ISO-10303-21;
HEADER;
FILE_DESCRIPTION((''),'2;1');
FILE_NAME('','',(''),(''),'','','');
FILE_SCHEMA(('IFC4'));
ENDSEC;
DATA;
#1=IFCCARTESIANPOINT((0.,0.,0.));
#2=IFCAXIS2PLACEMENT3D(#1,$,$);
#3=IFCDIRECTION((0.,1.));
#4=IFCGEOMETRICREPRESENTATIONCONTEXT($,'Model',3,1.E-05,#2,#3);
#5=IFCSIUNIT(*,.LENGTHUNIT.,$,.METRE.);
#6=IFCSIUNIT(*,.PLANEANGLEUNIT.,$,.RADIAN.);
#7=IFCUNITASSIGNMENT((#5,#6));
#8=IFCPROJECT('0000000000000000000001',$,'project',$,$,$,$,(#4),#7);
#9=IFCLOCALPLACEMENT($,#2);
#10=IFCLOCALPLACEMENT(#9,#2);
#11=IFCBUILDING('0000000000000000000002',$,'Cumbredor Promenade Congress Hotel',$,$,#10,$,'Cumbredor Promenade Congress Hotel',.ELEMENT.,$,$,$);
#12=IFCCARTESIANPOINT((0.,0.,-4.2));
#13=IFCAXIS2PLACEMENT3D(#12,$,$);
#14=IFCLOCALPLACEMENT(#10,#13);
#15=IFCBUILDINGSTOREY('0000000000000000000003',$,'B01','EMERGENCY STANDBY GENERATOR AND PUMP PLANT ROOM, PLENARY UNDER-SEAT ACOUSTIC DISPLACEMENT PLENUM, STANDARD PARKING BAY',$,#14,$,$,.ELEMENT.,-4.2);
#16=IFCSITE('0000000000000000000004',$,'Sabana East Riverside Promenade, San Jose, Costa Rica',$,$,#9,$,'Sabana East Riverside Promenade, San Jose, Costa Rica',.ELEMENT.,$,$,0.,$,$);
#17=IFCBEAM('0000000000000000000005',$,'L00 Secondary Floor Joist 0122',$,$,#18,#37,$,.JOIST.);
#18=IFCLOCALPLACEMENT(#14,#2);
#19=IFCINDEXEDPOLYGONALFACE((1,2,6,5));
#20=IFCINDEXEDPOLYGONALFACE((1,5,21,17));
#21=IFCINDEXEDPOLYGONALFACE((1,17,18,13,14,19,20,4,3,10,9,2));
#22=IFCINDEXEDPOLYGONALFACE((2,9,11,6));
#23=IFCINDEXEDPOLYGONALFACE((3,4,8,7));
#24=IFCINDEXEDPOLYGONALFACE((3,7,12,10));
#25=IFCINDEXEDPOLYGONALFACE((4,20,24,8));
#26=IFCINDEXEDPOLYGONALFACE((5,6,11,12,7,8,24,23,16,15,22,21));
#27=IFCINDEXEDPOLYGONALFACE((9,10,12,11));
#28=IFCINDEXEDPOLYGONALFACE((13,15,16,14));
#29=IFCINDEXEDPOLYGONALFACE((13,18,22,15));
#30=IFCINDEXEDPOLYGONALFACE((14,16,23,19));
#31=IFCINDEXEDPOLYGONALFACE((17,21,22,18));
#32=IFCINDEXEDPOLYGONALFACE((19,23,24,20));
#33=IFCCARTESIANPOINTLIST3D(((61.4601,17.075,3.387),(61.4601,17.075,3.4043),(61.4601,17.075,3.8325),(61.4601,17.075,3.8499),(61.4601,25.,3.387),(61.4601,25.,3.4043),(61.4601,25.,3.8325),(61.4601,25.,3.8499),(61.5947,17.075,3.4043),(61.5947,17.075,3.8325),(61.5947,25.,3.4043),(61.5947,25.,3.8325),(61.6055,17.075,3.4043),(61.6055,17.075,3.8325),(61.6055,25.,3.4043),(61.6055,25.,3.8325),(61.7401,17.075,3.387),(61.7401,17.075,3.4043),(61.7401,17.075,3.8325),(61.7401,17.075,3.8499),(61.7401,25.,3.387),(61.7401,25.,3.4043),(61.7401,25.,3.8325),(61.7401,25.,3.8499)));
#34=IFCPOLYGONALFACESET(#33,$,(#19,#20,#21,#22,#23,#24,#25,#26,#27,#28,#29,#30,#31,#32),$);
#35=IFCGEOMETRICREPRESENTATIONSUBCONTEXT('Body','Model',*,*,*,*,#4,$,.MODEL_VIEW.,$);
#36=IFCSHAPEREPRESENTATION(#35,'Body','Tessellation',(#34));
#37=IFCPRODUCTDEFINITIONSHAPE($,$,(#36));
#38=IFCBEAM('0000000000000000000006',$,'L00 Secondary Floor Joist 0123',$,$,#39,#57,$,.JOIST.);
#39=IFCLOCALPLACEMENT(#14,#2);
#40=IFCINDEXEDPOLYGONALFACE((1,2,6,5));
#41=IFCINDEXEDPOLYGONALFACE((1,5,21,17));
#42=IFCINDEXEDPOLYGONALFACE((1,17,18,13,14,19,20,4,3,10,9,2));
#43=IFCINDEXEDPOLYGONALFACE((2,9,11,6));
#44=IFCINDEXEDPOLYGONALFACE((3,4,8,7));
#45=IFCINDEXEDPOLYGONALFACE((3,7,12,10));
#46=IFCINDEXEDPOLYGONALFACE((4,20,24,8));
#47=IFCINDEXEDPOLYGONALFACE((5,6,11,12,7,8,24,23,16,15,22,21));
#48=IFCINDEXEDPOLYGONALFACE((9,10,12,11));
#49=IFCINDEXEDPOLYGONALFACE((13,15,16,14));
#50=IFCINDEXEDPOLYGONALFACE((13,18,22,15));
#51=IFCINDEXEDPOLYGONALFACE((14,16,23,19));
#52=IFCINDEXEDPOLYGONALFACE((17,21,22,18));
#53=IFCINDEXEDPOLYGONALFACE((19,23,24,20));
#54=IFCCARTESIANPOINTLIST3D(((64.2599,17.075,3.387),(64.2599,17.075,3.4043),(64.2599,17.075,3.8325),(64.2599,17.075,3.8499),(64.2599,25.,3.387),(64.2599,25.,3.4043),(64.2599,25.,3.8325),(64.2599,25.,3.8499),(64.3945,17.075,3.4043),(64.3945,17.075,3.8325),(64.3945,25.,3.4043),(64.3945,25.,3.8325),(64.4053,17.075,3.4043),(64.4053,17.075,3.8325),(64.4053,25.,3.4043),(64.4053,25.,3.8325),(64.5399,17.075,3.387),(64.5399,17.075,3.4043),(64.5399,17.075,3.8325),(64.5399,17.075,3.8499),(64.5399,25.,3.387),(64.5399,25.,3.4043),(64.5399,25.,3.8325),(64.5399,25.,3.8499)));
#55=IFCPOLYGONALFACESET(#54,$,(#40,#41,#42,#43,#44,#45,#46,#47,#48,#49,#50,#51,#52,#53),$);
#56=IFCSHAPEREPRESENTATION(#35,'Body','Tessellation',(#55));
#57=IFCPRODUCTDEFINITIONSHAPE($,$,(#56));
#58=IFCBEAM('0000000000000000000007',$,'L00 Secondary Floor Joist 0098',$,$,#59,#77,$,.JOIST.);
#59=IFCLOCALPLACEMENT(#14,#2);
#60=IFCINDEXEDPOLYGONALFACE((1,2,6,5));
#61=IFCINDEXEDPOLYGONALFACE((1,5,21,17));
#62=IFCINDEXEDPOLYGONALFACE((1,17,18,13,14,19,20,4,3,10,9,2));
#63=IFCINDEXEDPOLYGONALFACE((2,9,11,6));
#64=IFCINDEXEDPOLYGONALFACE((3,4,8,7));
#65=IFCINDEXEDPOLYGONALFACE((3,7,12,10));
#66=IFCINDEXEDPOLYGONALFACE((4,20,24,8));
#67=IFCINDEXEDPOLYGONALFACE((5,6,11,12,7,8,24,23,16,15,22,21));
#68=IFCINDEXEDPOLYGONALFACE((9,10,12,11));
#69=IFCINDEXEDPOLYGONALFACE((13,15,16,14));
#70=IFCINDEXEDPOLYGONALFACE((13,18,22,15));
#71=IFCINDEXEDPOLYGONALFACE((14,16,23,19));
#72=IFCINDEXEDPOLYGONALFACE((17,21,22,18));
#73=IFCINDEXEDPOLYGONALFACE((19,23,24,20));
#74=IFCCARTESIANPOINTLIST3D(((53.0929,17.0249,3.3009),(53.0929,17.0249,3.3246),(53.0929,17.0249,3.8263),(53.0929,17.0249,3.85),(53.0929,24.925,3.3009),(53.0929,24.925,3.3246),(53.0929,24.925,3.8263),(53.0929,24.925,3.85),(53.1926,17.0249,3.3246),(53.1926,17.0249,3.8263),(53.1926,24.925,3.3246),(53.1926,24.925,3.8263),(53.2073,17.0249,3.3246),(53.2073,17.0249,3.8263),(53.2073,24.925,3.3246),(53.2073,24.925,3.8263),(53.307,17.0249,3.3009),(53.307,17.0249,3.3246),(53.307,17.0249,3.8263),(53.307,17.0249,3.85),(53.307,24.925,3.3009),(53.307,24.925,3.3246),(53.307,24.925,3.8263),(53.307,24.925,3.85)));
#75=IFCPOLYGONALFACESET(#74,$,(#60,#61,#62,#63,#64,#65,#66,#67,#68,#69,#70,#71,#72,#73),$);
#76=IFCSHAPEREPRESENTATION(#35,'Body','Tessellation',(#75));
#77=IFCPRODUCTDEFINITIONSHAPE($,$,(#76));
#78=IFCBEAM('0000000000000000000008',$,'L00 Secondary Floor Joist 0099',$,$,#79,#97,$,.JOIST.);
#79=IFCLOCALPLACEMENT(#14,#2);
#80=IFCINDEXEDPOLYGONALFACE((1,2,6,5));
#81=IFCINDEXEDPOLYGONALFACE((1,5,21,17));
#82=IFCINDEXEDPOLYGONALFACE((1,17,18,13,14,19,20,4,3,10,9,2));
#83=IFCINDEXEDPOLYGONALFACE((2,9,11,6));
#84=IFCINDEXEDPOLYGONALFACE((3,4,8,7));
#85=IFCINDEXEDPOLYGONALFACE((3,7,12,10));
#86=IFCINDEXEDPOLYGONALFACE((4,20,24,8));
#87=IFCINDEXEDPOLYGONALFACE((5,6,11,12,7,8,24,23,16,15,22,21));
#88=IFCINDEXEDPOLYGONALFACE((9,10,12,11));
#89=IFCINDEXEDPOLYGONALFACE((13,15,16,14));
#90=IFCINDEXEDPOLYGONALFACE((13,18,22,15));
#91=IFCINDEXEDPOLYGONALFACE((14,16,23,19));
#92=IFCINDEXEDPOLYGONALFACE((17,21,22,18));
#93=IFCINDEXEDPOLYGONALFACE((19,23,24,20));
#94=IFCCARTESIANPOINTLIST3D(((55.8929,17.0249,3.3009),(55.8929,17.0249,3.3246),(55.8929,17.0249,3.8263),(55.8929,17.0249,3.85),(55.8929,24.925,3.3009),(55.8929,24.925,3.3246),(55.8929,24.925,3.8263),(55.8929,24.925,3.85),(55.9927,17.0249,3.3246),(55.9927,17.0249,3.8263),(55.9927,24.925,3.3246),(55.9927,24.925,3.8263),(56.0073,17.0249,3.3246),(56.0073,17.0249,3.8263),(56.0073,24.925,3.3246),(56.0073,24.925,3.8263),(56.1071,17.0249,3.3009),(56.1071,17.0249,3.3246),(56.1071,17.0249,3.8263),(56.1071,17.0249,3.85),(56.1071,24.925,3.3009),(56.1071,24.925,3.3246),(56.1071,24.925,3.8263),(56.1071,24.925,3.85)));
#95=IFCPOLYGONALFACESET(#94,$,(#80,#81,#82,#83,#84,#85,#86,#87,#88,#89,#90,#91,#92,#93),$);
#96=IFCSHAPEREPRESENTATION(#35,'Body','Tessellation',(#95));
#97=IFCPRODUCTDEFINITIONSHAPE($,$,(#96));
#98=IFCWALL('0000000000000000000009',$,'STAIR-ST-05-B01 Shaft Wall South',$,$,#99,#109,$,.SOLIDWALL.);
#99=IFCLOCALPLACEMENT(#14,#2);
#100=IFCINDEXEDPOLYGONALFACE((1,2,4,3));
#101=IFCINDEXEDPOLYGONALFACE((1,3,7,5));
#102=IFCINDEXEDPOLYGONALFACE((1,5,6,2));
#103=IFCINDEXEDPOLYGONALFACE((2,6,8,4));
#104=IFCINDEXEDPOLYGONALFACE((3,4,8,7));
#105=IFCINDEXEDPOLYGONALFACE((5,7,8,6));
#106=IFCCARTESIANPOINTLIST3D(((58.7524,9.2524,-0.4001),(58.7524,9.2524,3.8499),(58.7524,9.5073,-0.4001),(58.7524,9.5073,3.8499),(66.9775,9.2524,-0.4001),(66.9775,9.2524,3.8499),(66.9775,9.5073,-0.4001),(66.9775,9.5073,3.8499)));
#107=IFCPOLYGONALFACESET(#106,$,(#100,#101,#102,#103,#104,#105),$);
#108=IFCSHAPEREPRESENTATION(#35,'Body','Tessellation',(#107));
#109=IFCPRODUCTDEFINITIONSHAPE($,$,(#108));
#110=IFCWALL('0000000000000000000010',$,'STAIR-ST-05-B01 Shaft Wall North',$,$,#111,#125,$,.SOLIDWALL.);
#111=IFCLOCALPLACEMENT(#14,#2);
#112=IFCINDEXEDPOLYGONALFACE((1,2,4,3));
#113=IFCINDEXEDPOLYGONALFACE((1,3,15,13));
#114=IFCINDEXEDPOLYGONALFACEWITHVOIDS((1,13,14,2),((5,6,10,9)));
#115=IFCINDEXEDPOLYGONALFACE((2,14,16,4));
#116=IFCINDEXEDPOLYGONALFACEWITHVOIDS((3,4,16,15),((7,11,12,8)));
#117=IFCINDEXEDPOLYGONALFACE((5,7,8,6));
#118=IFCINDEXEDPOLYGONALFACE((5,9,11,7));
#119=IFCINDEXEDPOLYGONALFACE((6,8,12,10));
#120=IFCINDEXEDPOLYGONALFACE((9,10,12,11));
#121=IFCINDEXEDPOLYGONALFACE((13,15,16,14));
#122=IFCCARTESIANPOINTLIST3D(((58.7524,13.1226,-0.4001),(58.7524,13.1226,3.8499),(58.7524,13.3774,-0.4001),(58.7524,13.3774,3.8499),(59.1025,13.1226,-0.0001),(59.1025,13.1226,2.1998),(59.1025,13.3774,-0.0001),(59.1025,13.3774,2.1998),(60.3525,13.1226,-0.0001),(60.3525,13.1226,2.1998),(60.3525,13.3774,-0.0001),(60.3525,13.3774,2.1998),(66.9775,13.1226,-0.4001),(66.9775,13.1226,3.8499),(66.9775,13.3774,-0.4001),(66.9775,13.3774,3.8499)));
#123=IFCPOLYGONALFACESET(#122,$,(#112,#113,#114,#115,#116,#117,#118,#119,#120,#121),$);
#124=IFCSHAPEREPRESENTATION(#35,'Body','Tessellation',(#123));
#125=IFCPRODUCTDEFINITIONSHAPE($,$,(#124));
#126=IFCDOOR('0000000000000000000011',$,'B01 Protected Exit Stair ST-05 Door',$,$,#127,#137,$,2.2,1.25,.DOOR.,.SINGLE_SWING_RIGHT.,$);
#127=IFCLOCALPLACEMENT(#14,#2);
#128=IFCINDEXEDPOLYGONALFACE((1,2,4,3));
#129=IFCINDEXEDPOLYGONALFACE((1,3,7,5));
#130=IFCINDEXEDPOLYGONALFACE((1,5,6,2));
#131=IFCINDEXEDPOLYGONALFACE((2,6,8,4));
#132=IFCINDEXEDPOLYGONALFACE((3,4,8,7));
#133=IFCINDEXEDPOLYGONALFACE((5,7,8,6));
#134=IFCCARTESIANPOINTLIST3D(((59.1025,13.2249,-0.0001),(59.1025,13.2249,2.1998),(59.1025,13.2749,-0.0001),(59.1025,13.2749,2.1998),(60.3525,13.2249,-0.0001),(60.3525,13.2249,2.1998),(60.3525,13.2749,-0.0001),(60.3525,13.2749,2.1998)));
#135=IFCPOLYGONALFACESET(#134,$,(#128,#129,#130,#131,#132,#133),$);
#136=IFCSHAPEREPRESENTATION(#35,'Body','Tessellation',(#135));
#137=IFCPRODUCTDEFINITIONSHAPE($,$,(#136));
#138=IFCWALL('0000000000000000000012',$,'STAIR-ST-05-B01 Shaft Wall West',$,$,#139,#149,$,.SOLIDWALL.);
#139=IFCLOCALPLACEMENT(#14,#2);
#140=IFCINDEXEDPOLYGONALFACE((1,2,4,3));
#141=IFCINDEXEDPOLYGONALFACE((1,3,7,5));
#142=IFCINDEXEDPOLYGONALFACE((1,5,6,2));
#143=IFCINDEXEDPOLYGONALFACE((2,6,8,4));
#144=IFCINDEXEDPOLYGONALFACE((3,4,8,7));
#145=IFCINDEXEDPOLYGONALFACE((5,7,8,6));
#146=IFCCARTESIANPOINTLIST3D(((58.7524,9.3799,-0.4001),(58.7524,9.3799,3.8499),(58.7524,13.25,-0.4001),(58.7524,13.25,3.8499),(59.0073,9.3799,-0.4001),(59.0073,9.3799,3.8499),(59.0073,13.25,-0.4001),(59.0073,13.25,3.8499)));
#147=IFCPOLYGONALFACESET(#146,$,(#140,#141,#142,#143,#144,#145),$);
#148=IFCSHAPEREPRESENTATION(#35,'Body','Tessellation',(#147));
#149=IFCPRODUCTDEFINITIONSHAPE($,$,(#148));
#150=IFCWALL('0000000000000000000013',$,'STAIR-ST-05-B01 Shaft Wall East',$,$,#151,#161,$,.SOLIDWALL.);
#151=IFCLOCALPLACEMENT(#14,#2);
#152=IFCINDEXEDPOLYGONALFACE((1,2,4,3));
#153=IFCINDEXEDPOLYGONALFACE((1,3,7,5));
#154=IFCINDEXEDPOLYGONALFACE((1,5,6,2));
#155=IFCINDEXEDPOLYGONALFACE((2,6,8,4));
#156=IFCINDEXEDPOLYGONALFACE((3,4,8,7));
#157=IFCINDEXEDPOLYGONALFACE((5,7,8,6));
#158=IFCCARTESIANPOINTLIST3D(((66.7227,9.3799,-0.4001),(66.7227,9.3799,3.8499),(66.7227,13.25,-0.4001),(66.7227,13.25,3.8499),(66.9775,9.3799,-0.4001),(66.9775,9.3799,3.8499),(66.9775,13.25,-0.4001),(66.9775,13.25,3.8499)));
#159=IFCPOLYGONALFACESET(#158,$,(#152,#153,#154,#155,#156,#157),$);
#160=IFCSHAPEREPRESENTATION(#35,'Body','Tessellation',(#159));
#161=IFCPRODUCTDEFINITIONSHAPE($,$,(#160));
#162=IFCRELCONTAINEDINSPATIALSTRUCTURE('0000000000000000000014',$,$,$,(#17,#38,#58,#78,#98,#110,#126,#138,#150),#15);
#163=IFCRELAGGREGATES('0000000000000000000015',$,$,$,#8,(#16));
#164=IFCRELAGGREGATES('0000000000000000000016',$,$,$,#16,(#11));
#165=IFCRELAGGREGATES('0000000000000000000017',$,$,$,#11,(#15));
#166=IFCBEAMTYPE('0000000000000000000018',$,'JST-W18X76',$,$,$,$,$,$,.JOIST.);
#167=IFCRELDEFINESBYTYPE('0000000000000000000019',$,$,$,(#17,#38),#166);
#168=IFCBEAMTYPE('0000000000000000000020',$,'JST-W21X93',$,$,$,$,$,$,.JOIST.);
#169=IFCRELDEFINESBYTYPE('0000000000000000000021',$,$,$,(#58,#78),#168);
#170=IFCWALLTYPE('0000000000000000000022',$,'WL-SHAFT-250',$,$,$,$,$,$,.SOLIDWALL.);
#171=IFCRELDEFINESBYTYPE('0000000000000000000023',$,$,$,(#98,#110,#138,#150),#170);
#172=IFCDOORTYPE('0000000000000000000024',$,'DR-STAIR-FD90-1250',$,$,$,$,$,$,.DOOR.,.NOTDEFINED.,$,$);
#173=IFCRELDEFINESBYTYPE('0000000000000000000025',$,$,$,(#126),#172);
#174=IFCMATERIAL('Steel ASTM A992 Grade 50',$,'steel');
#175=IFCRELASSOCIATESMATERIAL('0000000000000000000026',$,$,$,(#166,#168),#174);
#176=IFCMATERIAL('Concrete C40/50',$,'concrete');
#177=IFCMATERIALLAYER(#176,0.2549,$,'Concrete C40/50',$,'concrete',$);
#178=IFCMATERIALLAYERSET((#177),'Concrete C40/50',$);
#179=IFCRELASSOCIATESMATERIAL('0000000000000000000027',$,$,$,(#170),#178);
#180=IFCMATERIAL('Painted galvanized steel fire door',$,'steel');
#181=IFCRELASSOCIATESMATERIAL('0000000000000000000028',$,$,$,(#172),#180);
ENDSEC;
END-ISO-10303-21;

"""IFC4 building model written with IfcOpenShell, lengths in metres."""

from ifc_helpers import new_model, si_unit, direction, frame, frame_2d, origin, origin_2d, place, context, subcontext, project, spatial, rectangle, i_section, extrude, material, layer, layer_set, material_profile, profile_set, type_object, element, fill, save


model = new_model("IFC4")

# Units and contexts
model_context = context("Model", 3, precision=1e-05, world=origin(), true_north=direction((0.0, 1.0)))
body_context = subcontext(model_context, "Body", "Model", "MODEL_VIEW")
ifc_project = project(units=[si_unit("LENGTHUNIT", "METRE"), si_unit("PLANEANGLEUNIT", "RADIAN")], contexts=[model_context])

# Site, building, storey
site_placement = place(None, origin())
site = spatial("IfcSite", under=ifc_project, at=site_placement, Name="Sabana East Riverside Promenade, San Jose, Costa Rica", LongName="Sabana East Riverside Promenade, San Jose, Costa Rica", CompositionType="ELEMENT", RefElevation=0.0)
building_placement = place(site_placement, origin())
building = spatial("IfcBuilding", under=site, at=building_placement, Name="Cumbredor Promenade Congress Hotel", LongName="Cumbredor Promenade Congress Hotel", CompositionType="ELEMENT")
storey_placement = place(building_placement, frame((0.0, 0.0, -4.2)))
storey = spatial("IfcBuildingStorey", under=building, at=storey_placement, Name="B01", Description="EMERGENCY STANDBY GENERATOR AND PUMP PLANT ROOM, PLENARY UNDER-SEAT ACOUSTIC DISPLACEMENT PLENUM, STANDARD PARKING BAY", CompositionType="ELEMENT", Elevation=-4.2)

# Shared definitions
ifc_material_1 = material(Name="Concrete C40/50", Category="concrete")

# Beams
ifc_material_2 = material(Name="Steel ASTM A992 Grade 50", Category="steel")
ifc_material_profile_1 = material_profile(ifc_material_2, i_section(OverallWidth=0.28, OverallDepth=0.4629, WebThickness=0.0107, FlangeThickness=0.0173, at=origin_2d()), Name="W18X76")
ifc_profile_set_1 = profile_set([ifc_material_profile_1], Name="Steel ASTM A992 Grade 50")
beam_type_1 = type_object("IfcBeamType", Name="JST-W18X76", PredefinedType="JOIST", material=ifc_profile_set_1)
for number, where, z_axis, x_axis, name in (
    (1, (61.6001, 17.075, 3.6184), (0.0, 1.0, 0.0), (-1.0, 0.0, 0.0), "L00 Secondary Floor Joist 0122"),
    (2, (64.3999, 17.075, 3.6184), (0.0, 1.0, 0.0), (-1.0, 0.0, 0.0), "L00 Secondary Floor Joist 0123"),
):
    element("IfcBeam", number, at=place(storey_placement, frame(where, z_axis=z_axis, x_axis=x_axis)), inside=storey, type_object=beam_type_1, Name=name, PredefinedType="JOIST", context=body_context, shape_type="SweptSolid", body=[
        extrude(i_section(OverallWidth=0.28, OverallDepth=0.4629, WebThickness=0.0107, FlangeThickness=0.0173, at=origin_2d()), origin(), (0.0, 0.0, 1.0), 7.925),
    ])
ifc_material_profile_2 = material_profile(ifc_material_2, i_section(OverallWidth=0.2141, OverallDepth=0.5491, WebThickness=0.0146, FlangeThickness=0.0237, at=origin_2d()), Name="W21X93")
ifc_profile_set_2 = profile_set([ifc_material_profile_2], Name="Steel ASTM A992 Grade 50")
beam_type_2 = type_object("IfcBeamType", Name="JST-W21X93", PredefinedType="JOIST", material=ifc_profile_set_2)
for number, where, z_axis, x_axis, name in (
    (3, (53.2, 17.0249, 3.5754), (0.0, 1.0, 0.0), (-1.0, 0.0, 0.0), "L00 Secondary Floor Joist 0098"),
    (4, (56.0, 17.0249, 3.5754), (0.0, 1.0, 0.0), (-1.0, 0.0, 0.0), "L00 Secondary Floor Joist 0099"),
):
    element("IfcBeam", number, at=place(storey_placement, frame(where, z_axis=z_axis, x_axis=x_axis)), inside=storey, type_object=beam_type_2, Name=name, PredefinedType="JOIST", context=body_context, shape_type="SweptSolid", body=[
        extrude(i_section(OverallWidth=0.2141, OverallDepth=0.5491, WebThickness=0.0146, FlangeThickness=0.0237, at=origin_2d()), origin(), (0.0, 0.0, 1.0), 7.9001),
    ])

# Wall
ifc_layer = layer(ifc_material_1, 0.2549, Name="Concrete C40/50", Category="concrete")
ifc_layer_set = layer_set([ifc_layer], Name="Concrete C40/50")
wall_type = type_object("IfcWallType", Name="WL-SHAFT-250", PredefinedType="SOLIDWALL", material=ifc_layer_set)
wall_1_placement = place(storey_placement, frame((58.7524, 9.3799, -0.4001), z_axis=(0.0, 0.0, 1.0), x_axis=(1.0, 0.0, 0.0)))
element("IfcWall", 5, at=wall_1_placement, inside=storey, type_object=wall_type, Name="STAIR-ST-05-B01 Shaft Wall South", PredefinedType="SOLIDWALL", context=body_context, shape_type="SweptSolid", body=[
    extrude(rectangle(XDim=8.2251, YDim=0.2549, at=frame_2d((4.1125, 0.0))), origin(), (0.0, 0.0, 1.0), 4.25),
])

# Wall, opening, door
wall_2_placement = place(storey_placement, frame((58.7524, 13.25, -0.4001), z_axis=(0.0, 0.0, 1.0), x_axis=(1.0, 0.0, 0.0)))
wall_2 = element("IfcWall", 6, at=wall_2_placement, inside=storey, type_object=wall_type, Name="STAIR-ST-05-B01 Shaft Wall North", PredefinedType="SOLIDWALL", context=body_context, shape_type="SweptSolid", body=[
    extrude(rectangle(XDim=8.2251, YDim=0.2549, at=frame_2d((4.1125, 0.0))), origin(), (0.0, 0.0, 1.0), 4.25),
])
opening_placement = place(wall_2_placement, frame((0.3501, 0.0, 0.3999)))
opening = element("IfcOpeningElement", 7, at=opening_placement, cuts=wall_2, PredefinedType="OPENING", context=body_context, shape_type="SweptSolid", body=[
    extrude(rectangle(XDim=1.25, YDim=2.2, at=frame_2d((0.625, 1.1001))), frame((0.0, 0.1375, 0.0), z_axis=(0.0, -1.0, 0.0), x_axis=(1.0, 0.0, 0.0)), (0.0, 0.0, 1.0), 0.2749),
])
ifc_material_3 = material(Name="Painted galvanized steel fire door", Category="steel")
door_type = type_object("IfcDoorType", Name="DR-STAIR-FD90-1250", OperationType="NOTDEFINED", PredefinedType="DOOR", material=ifc_material_3)
door_placement = place(opening_placement, origin())
door = element("IfcDoor", 8, at=door_placement, inside=storey, type_object=door_type, Name="B01 Protected Exit Stair ST-05 Door", OperationType="SINGLE_SWING_RIGHT", OverallHeight=2.2, OverallWidth=1.25, PredefinedType="DOOR", context=body_context, shape_type="SweptSolid", body=[
    extrude(rectangle(XDim=1.25, YDim=2.2, at=frame_2d((0.625, 1.1001))), frame((0.0, 0.0249, 0.0), z_axis=(0.0, -1.0, 0.0), x_axis=(1.0, 0.0, 0.0)), (0.0, 0.0, 1.0), 0.05),
])
fill(opening, door)

# Walls
for number, where, z_axis, x_axis, name in (
    (9, (58.8799, 9.3799, -0.4001), (0.0, 0.0, 1.0), (0.0, 1.0, 0.0), "STAIR-ST-05-B01 Shaft Wall West"),
    (10, (66.8501, 9.3799, -0.4001), (0.0, 0.0, 1.0), (0.0, 1.0, 0.0), "STAIR-ST-05-B01 Shaft Wall East"),
):
    element("IfcWall", number, at=place(storey_placement, frame(where, z_axis=z_axis, x_axis=x_axis)), inside=storey, type_object=wall_type, Name=name, PredefinedType="SOLIDWALL", context=body_context, shape_type="SweptSolid", body=[
        extrude(rectangle(XDim=3.8701, YDim=0.2549, at=frame_2d((1.9351, 0.0))), origin(), (0.0, 0.0, 1.0), 4.25),
    ])

save(model, "model.ifc")
